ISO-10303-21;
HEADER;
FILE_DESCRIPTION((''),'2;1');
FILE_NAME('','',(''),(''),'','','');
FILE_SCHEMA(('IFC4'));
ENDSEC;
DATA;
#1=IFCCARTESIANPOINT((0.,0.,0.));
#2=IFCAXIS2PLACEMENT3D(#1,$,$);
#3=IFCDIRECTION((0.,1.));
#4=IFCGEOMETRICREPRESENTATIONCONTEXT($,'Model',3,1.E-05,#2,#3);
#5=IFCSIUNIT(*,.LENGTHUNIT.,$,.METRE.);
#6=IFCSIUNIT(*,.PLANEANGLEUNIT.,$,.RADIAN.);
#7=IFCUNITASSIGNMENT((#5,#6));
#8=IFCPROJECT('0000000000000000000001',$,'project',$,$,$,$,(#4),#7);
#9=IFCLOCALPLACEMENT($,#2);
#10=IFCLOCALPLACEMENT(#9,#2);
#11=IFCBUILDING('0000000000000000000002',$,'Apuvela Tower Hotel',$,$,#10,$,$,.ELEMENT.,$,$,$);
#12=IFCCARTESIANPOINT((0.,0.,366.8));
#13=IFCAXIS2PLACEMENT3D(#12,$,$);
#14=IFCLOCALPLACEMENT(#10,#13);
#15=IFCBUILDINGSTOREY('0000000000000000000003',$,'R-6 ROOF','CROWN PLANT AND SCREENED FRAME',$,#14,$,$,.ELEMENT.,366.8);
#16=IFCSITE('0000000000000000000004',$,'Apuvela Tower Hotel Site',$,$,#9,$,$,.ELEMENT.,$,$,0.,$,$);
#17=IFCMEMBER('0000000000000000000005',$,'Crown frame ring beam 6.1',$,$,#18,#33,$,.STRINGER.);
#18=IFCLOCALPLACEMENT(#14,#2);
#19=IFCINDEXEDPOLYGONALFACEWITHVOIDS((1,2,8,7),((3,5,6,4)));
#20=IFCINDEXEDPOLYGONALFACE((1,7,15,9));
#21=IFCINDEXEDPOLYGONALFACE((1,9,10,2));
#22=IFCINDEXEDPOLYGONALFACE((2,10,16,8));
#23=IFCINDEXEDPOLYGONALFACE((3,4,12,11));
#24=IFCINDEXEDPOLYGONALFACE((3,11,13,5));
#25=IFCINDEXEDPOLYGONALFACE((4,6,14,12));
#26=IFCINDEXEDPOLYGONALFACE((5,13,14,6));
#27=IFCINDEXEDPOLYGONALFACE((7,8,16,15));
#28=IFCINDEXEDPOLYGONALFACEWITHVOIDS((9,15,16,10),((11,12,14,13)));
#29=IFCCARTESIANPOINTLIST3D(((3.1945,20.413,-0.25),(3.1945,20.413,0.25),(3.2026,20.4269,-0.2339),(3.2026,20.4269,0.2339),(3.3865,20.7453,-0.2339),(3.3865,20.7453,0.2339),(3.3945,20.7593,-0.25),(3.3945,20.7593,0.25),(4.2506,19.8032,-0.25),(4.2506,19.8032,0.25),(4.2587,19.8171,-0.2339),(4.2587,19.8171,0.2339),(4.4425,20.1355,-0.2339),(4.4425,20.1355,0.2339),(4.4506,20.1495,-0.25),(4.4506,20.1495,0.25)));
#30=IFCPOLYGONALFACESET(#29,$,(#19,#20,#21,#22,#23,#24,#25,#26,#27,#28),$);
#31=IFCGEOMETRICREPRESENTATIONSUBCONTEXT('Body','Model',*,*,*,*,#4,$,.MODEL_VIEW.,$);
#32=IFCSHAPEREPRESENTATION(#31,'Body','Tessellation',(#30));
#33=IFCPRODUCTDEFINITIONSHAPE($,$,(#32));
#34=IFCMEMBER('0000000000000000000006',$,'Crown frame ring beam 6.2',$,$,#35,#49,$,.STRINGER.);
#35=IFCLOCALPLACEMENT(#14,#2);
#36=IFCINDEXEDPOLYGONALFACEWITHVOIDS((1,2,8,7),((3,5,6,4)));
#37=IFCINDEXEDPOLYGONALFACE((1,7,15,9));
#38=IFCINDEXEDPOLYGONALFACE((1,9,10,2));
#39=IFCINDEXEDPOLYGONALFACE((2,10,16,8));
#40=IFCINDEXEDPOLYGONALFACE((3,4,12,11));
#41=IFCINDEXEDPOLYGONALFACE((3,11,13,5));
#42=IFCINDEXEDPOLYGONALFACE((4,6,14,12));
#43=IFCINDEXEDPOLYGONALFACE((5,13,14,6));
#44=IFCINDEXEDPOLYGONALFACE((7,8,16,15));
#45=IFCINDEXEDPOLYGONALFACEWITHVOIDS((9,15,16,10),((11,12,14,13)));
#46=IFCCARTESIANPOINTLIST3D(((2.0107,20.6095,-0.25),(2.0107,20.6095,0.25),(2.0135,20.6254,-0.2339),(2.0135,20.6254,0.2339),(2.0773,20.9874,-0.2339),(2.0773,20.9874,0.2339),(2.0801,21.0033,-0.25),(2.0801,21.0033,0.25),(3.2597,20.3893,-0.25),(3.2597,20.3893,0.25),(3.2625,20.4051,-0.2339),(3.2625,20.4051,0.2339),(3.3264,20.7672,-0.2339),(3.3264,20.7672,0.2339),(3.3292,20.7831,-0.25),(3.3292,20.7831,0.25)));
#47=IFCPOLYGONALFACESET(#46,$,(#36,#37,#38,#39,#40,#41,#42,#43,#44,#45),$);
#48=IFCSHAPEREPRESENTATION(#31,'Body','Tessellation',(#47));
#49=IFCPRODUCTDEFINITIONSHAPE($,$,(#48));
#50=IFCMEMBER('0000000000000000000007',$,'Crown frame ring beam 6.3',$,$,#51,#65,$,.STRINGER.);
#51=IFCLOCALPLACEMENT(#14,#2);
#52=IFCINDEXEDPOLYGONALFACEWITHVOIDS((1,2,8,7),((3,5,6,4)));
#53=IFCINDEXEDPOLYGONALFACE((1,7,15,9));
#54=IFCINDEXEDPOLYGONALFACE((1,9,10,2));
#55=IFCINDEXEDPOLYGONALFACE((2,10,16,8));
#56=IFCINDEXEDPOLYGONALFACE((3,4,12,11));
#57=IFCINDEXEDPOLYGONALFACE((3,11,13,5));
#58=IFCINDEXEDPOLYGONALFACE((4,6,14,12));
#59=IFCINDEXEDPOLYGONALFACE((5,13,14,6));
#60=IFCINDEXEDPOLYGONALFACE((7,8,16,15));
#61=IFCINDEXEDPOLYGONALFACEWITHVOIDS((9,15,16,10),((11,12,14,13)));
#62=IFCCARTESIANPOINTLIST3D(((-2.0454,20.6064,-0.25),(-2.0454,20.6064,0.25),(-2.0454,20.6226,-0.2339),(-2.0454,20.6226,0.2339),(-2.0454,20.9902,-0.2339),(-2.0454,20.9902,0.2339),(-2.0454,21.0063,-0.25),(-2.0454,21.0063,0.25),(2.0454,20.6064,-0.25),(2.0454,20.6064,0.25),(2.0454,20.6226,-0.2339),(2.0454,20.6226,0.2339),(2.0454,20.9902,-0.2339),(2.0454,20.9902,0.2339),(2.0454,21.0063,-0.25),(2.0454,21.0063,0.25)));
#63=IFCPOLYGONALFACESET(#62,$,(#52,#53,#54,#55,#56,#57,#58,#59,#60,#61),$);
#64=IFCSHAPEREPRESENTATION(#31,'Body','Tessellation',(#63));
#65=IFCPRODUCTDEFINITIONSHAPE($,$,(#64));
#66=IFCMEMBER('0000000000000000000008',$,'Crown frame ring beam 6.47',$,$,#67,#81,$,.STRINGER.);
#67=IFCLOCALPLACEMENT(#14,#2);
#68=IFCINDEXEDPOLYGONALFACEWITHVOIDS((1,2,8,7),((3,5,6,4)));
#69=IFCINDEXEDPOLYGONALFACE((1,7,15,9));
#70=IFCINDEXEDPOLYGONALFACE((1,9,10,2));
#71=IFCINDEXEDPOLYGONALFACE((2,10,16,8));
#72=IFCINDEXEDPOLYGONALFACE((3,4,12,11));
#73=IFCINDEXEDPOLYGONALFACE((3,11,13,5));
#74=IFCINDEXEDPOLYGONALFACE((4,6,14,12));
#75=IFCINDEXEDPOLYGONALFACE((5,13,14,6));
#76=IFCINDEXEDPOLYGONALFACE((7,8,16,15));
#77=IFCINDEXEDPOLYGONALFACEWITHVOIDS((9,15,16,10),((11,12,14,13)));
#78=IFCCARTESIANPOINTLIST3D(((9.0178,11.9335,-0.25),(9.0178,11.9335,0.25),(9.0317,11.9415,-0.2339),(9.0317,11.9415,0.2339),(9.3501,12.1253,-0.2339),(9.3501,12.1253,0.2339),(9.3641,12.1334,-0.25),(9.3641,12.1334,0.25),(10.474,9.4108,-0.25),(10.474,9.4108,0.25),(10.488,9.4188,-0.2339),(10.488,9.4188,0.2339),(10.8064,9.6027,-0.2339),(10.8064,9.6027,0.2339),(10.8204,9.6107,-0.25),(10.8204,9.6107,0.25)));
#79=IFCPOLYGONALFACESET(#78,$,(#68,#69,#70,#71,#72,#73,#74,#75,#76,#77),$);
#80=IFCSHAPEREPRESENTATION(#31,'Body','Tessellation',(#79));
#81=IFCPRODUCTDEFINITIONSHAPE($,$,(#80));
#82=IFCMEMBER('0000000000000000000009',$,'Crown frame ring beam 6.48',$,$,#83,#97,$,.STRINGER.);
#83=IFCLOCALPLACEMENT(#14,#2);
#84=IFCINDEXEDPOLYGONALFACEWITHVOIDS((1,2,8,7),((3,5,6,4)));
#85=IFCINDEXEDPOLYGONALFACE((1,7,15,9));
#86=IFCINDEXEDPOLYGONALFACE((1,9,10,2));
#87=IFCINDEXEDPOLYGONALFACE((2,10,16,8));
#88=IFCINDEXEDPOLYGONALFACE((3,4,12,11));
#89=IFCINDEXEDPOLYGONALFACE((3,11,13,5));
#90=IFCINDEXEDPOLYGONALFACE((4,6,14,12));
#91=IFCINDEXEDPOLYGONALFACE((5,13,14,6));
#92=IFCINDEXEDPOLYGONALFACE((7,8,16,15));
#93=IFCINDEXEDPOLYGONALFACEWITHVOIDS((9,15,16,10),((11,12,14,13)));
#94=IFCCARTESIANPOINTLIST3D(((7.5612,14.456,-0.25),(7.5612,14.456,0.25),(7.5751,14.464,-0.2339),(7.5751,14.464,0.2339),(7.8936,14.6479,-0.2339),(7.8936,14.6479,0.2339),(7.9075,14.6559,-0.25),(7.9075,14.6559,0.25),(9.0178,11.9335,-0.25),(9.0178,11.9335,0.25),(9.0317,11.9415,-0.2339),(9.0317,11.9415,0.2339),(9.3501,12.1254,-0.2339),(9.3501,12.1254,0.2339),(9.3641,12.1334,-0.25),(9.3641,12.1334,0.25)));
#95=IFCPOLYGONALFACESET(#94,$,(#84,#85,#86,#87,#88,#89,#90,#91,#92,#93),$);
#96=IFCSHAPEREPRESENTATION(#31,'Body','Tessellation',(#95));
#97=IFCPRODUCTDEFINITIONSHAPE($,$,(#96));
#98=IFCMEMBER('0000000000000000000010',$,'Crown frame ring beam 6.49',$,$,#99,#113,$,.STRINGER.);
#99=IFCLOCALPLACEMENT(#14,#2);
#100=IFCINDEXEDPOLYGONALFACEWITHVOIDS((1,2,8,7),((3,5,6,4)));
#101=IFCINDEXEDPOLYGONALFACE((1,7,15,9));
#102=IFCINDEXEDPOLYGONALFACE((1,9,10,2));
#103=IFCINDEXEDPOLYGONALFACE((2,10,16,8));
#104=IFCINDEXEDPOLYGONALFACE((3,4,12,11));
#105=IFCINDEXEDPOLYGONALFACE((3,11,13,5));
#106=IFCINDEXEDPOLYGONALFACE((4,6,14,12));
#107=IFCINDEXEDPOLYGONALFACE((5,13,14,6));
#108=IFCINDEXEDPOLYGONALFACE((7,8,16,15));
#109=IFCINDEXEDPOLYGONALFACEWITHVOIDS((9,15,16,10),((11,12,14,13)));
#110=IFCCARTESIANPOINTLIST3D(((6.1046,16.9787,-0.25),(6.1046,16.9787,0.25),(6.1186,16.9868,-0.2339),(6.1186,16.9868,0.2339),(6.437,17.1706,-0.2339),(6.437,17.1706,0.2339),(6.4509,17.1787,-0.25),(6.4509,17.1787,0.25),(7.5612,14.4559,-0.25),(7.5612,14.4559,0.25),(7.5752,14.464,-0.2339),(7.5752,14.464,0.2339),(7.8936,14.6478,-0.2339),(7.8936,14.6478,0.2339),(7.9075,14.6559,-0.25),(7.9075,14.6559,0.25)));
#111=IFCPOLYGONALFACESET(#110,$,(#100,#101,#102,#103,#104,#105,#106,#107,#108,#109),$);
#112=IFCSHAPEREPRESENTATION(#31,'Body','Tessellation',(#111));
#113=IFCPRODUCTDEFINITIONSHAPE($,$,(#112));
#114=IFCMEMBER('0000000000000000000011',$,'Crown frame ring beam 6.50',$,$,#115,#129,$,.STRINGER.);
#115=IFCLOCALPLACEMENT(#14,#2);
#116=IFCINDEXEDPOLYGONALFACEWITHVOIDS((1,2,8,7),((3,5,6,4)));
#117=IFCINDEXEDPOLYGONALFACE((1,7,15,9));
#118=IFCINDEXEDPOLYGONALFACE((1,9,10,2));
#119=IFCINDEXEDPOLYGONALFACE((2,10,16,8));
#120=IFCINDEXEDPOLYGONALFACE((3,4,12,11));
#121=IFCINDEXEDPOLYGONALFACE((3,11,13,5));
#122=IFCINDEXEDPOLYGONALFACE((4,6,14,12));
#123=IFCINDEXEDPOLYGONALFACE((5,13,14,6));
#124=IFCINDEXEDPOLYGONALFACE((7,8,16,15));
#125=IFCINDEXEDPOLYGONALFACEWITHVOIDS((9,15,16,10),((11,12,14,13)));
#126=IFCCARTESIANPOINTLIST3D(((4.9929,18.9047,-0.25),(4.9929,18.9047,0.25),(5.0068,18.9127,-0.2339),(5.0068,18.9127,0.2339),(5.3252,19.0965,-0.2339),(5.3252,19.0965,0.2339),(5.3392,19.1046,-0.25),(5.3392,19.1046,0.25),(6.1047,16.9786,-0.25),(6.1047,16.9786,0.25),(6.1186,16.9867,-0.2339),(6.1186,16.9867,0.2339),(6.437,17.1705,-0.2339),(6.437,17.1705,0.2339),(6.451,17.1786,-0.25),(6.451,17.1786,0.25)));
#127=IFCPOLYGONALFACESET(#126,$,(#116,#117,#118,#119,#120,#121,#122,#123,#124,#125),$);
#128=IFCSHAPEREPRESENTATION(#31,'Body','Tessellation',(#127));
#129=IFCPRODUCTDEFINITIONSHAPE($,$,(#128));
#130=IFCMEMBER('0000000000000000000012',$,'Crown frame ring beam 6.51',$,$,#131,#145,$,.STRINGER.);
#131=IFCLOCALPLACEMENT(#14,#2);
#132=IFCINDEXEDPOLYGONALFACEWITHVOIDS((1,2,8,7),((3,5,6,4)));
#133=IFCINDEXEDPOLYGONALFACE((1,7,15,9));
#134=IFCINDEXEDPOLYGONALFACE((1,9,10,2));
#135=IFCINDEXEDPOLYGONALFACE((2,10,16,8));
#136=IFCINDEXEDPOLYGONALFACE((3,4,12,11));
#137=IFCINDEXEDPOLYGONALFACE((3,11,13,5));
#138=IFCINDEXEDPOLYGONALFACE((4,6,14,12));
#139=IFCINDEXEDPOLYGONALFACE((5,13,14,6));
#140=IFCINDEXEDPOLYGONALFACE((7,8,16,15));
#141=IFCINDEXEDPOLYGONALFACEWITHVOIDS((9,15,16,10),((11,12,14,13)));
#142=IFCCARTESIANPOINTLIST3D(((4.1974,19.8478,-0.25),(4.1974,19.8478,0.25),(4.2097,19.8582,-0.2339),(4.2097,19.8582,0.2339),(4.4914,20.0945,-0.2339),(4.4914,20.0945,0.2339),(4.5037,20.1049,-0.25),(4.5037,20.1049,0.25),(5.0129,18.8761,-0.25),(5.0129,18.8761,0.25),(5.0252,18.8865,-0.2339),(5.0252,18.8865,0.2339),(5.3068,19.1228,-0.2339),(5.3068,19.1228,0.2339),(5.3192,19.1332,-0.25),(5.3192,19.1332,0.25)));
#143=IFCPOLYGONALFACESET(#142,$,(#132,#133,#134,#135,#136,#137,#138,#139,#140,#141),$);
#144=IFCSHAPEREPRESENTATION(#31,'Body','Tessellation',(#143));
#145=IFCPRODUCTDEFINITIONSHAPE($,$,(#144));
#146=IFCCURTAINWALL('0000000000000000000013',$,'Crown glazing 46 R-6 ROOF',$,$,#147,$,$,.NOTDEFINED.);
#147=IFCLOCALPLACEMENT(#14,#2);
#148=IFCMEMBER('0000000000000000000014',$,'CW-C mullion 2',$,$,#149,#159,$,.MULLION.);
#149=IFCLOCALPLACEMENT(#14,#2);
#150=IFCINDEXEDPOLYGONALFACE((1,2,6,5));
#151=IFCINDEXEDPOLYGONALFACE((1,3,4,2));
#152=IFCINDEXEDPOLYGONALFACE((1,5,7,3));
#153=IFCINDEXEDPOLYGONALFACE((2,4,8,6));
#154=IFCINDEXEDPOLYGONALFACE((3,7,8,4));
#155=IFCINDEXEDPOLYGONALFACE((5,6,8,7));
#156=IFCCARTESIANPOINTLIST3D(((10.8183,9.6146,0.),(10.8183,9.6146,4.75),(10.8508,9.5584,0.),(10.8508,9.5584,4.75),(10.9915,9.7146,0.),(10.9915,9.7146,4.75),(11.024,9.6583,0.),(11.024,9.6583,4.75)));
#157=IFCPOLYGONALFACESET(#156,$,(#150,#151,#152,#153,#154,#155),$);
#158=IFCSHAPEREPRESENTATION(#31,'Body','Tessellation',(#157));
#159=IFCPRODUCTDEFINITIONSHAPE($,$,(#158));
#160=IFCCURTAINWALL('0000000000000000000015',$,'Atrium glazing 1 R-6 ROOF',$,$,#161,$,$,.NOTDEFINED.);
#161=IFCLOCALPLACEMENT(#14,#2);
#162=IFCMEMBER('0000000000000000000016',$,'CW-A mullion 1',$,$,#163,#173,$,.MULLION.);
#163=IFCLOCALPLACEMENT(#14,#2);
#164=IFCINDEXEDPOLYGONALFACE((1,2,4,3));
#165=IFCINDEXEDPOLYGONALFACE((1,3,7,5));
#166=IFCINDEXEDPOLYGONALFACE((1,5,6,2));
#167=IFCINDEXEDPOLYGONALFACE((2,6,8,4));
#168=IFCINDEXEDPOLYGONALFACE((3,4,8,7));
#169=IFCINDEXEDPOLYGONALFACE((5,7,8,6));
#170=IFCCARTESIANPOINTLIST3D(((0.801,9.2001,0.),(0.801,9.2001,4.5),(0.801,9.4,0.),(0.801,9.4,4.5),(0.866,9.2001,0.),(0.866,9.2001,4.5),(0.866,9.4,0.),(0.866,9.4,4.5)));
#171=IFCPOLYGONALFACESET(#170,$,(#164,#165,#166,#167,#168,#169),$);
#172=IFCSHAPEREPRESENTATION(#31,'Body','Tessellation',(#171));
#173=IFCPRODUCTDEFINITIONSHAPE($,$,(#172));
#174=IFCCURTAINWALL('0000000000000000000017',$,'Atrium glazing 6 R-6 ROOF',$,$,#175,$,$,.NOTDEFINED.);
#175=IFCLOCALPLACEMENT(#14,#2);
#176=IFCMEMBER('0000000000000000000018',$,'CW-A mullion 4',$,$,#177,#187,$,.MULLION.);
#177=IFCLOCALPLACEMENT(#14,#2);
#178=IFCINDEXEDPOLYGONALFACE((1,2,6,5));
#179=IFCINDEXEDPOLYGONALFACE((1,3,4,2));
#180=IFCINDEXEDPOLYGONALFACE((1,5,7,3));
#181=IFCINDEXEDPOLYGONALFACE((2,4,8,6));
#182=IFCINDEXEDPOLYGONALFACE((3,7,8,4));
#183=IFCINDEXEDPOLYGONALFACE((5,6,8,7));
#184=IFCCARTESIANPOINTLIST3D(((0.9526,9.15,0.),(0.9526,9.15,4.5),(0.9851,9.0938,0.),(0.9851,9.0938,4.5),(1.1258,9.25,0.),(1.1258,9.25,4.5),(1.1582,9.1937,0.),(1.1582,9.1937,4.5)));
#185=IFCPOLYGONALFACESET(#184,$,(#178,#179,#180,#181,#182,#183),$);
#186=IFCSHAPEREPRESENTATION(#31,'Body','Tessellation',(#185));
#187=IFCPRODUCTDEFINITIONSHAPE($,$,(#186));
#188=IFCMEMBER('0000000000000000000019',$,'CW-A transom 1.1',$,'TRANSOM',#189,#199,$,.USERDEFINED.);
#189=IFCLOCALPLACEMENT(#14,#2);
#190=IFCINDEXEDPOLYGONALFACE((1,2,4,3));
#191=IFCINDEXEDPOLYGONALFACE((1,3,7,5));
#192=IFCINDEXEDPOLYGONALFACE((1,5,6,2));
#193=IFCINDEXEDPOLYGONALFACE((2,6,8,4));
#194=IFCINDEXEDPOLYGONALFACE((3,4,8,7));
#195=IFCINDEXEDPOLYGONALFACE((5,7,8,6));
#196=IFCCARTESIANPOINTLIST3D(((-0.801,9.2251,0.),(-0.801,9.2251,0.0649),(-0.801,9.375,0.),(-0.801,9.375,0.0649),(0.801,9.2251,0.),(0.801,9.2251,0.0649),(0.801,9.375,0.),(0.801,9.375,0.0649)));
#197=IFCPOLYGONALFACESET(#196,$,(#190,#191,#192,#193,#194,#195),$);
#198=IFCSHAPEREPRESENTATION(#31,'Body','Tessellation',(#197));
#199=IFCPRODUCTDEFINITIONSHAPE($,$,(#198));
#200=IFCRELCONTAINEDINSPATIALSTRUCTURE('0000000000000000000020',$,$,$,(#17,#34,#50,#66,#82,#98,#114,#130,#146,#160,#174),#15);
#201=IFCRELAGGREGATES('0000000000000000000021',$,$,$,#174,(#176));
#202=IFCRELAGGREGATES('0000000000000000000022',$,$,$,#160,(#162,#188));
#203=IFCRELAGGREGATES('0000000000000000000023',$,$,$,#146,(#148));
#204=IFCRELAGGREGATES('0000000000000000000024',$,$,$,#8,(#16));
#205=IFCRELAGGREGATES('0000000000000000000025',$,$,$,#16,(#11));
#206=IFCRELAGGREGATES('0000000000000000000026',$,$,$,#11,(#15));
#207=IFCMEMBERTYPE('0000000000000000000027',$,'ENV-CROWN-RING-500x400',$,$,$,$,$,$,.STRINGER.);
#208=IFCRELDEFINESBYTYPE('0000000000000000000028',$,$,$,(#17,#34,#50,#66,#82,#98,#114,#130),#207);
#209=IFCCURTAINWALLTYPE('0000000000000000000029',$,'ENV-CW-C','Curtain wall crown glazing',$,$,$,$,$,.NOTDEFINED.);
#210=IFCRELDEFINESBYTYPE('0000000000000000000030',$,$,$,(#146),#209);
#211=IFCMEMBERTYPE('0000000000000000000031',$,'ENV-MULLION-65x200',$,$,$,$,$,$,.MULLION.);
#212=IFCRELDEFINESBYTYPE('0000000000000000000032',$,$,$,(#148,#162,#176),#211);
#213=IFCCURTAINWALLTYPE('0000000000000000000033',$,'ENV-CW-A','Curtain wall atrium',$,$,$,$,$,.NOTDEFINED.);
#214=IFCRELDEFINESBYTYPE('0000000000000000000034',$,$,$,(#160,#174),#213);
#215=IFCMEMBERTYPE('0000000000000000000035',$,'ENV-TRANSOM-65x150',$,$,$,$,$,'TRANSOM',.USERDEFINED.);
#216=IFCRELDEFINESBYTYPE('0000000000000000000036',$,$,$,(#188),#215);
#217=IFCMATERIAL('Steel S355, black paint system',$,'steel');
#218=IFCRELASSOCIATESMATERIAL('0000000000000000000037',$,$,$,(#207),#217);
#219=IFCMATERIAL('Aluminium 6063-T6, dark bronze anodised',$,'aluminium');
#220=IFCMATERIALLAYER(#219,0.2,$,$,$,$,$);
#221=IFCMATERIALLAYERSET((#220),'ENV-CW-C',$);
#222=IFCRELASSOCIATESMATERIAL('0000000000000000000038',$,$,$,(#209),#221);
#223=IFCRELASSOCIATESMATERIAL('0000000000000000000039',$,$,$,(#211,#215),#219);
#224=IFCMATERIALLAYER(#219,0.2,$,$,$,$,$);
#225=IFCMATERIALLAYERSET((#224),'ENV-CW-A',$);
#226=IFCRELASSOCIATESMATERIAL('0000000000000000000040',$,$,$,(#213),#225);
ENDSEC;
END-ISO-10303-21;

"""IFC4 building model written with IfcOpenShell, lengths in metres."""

from ifc_helpers import new_model, si_unit, direction, frame, origin, origin_2d, place, context, subcontext, project, spatial, rectangle, hollow_rectangle, extrude, material, layer, layer_set, material_profile, profile_set, type_object, element, aggregate, save


model = new_model("IFC4")

# Units and contexts
model_context = context("Model", 3, precision=1e-05, world=origin(), true_north=direction((0.0, 1.0)))
body_context = subcontext(model_context, "Body", "Model", "MODEL_VIEW")
ifc_project = project(units=[si_unit("LENGTHUNIT", "METRE"), si_unit("PLANEANGLEUNIT", "RADIAN")], contexts=[model_context])

# Site, building, storey
site_placement = place(None, origin())
site = spatial("IfcSite", under=ifc_project, at=site_placement, Name="Apuvela Tower Hotel Site", CompositionType="ELEMENT", RefElevation=0.0)
building_placement = place(site_placement, origin())
building = spatial("IfcBuilding", under=site, at=building_placement, Name="Apuvela Tower Hotel", CompositionType="ELEMENT")
storey_placement = place(building_placement, frame((0.0, 0.0, 366.8)))
storey = spatial("IfcBuildingStorey", under=building, at=storey_placement, Name="R-6 ROOF", Description="CROWN PLANT AND SCREENED FRAME", CompositionType="ELEMENT", Elevation=366.8)

# Members
ifc_material_1 = material(Name="Steel S355, black paint system", Category="steel")
ifc_material_profile_1 = material_profile(ifc_material_1, hollow_rectangle(XDim=0.3999, YDim=0.5, WallThickness=0.0161, at=origin_2d()), Name="HSS 500x400x16")
ifc_profile_set_1 = profile_set([ifc_material_profile_1], Name="Steel S355, black paint system")
member_type_1 = type_object("IfcMemberType", Name="ENV-CROWN-RING-500x400", PredefinedType="STRINGER", material=ifc_profile_set_1)
member_1_placement = place(storey_placement, frame((4.3506, 19.9763, 0.0), z_axis=(-0.865992, 0.500057, 0.0), x_axis=(-0.500057, -0.865992, 0.0)))
element("IfcMember", 1, at=member_1_placement, inside=storey, type_object=member_type_1, Name="Crown frame ring beam 6.1", PredefinedType="STRINGER", context=body_context, shape_type="SweptSolid", body=[
    extrude(hollow_rectangle(XDim=0.3999, YDim=0.5, WallThickness=0.0161, at=origin_2d()), origin(), (0.0, 0.0, 1.0), 1.2195),
])
member_2_placement = place(storey_placement, frame((3.2944, 20.5862, 0.0), z_axis=(-0.984811, 0.173632, 0.0), x_axis=(-0.173632, -0.984811, 0.0)))
element("IfcMember", 2, at=member_2_placement, inside=storey, type_object=member_type_1, Name="Crown frame ring beam 6.2", PredefinedType="STRINGER", context=body_context, shape_type="SweptSolid", body=[
    extrude(hollow_rectangle(XDim=0.3999, YDim=0.5, WallThickness=0.0161, at=origin_2d()), origin(), (0.0, 0.0, 1.0), 1.2683),
])
member_3_placement = place(storey_placement, frame((2.0454, 20.8064, 0.0), z_axis=(-1.0, 0.0, 0.0), x_axis=(0.0, -1.0, 0.0)))
element("IfcMember", 3, at=member_3_placement, inside=storey, type_object=member_type_1, Name="Crown frame ring beam 6.3", PredefinedType="STRINGER", context=body_context, shape_type="SweptSolid", body=[
    extrude(hollow_rectangle(XDim=0.3999, YDim=0.5, WallThickness=0.0161, at=origin_2d()), origin(), (0.0, 0.0, 1.0), 4.0908),
])
for number, where, z_axis, x_axis, name in (
    (4, (10.6472, 9.5107, 0.0), (-0.499952, 0.866053, 0.0), (-0.866053, -0.499952, 0.0), "Crown frame ring beam 6.47"),
    (5, (9.1909, 12.0334, 0.0), (-0.500051, 0.865996, 0.0), (-0.865996, -0.500051, 0.0), "Crown frame ring beam 6.48"),
):
    element("IfcMember", number, at=place(storey_placement, frame(where, z_axis=z_axis, x_axis=x_axis)), inside=storey, type_object=member_type_1, Name=name, PredefinedType="STRINGER", context=body_context, shape_type="SweptSolid", body=[
        extrude(hollow_rectangle(XDim=0.3999, YDim=0.5, WallThickness=0.0161, at=origin_2d()), origin(), (0.0, 0.0, 1.0), 2.9128),
    ])
member_4_placement = place(storey_placement, frame((7.7344, 14.5559, 0.0), z_axis=(-0.500015, 0.866017, 0.0), x_axis=(-0.866017, -0.500015, 0.0)))
element("IfcMember", 6, at=member_4_placement, inside=storey, type_object=member_type_1, Name="Crown frame ring beam 6.49", PredefinedType="STRINGER", context=body_context, shape_type="SweptSolid", body=[
    extrude(hollow_rectangle(XDim=0.3999, YDim=0.5, WallThickness=0.0161, at=origin_2d()), origin(), (0.0, 0.0, 1.0), 2.9131),
])
member_5_placement = place(storey_placement, frame((6.2778, 17.0786, 0.0), z_axis=(-0.499941, 0.866059, 0.0), x_axis=(-0.866059, -0.499941, 0.0)))
element("IfcMember", 7, at=member_5_placement, inside=storey, type_object=member_type_1, Name="Crown frame ring beam 6.50", PredefinedType="STRINGER", context=body_context, shape_type="SweptSolid", body=[
    extrude(hollow_rectangle(XDim=0.3999, YDim=0.5, WallThickness=0.0161, at=origin_2d()), origin(), (0.0, 0.0, 1.0), 2.2239),
])
member_6_placement = place(storey_placement, frame((5.166, 19.0046, 0.0), z_axis=(-0.642831, 0.766008, 0.0), x_axis=(-0.766008, -0.642831, 0.0)))
element("IfcMember", 8, at=member_6_placement, inside=storey, type_object=member_type_1, Name="Crown frame ring beam 6.51", PredefinedType="STRINGER", context=body_context, shape_type="SweptSolid", body=[
    extrude(hollow_rectangle(XDim=0.3999, YDim=0.5, WallThickness=0.0161, at=origin_2d()), origin(), (0.0, 0.0, 1.0), 1.2686),
])

# Curtain walls, members
ifc_material_2 = material(Name="Aluminium 6063-T6, dark bronze anodised", Category="aluminium")
ifc_layer_1 = layer(ifc_material_2, 0.2)
ifc_layer_set_1 = layer_set([ifc_layer_1], Name="ENV-CW-C")
curtain_wall_type_1 = type_object("IfcCurtainWallType", Name="ENV-CW-C", Description="Curtain wall crown glazing", PredefinedType="NOTDEFINED", material=ifc_layer_set_1)
curtain_wall_1_placement = place(storey_placement, origin())
curtain_wall_1 = element("IfcCurtainWall", 9, at=curtain_wall_1_placement, inside=storey, type_object=curtain_wall_type_1, Name="Crown glazing 46 R-6 ROOF", PredefinedType="NOTDEFINED")
ifc_material_profile_2 = material_profile(ifc_material_2, rectangle(XDim=0.2, YDim=0.0649, at=origin_2d()), Name="AL 65x200")
ifc_profile_set_2 = profile_set([ifc_material_profile_2], Name="Aluminium 6063-T6, dark bronze anodised")
member_type_2 = type_object("IfcMemberType", Name="ENV-MULLION-65x200", PredefinedType="MULLION", material=ifc_profile_set_2)
member_7_placement = place(storey_placement, frame((10.9211, 9.6365, 0.0), z_axis=(0.0, 0.0, 1.0), x_axis=(-0.866022, -0.500006, 0.0)))
member_7 = element("IfcMember", 10, at=member_7_placement, type_object=member_type_2, Name="CW-C mullion 2", PredefinedType="MULLION", context=body_context, shape_type="SweptSolid", body=[
    extrude(rectangle(XDim=0.2, YDim=0.0649, at=origin_2d()), origin(), (0.0, 0.0, 1.0), 4.75),
])
ifc_layer_2 = layer(ifc_material_2, 0.2)
ifc_layer_set_2 = layer_set([ifc_layer_2], Name="ENV-CW-A")
curtain_wall_type_2 = type_object("IfcCurtainWallType", Name="ENV-CW-A", Description="Curtain wall atrium", PredefinedType="NOTDEFINED", material=ifc_layer_set_2)
curtain_wall_2_placement = place(storey_placement, origin())
curtain_wall_2 = element("IfcCurtainWall", 11, at=curtain_wall_2_placement, inside=storey, type_object=curtain_wall_type_2, Name="Atrium glazing 1 R-6 ROOF", PredefinedType="NOTDEFINED")
member_8_placement = place(storey_placement, frame((0.8335, 9.3, 0.0), z_axis=(0.0, 0.0, 1.0), x_axis=(0.0, -1.0, 0.0)))
member_8 = element("IfcMember", 12, at=member_8_placement, type_object=member_type_2, Name="CW-A mullion 1", PredefinedType="MULLION", context=body_context, shape_type="SweptSolid", body=[
    extrude(rectangle(XDim=0.2, YDim=0.0649, at=origin_2d()), origin(), (0.0, 0.0, 1.0), 4.5),
])
curtain_wall_3_placement = place(storey_placement, origin())
curtain_wall_3 = element("IfcCurtainWall", 13, at=curtain_wall_3_placement, inside=storey, type_object=curtain_wall_type_2, Name="Atrium glazing 6 R-6 ROOF", PredefinedType="NOTDEFINED")
member_9_placement = place(storey_placement, frame((1.0554, 9.1719, 0.0), z_axis=(0.0, 0.0, 1.0), x_axis=(-0.866026, -0.499999, 0.0)))
member_9 = element("IfcMember", 14, at=member_9_placement, type_object=member_type_2, Name="CW-A mullion 4", PredefinedType="MULLION", context=body_context, shape_type="SweptSolid", body=[
    extrude(rectangle(XDim=0.2, YDim=0.0649, at=origin_2d()), origin(), (0.0, 0.0, 1.0), 4.5),
])
aggregate(curtain_wall_3, [member_9])

# Member
ifc_material_profile_3 = material_profile(ifc_material_2, rectangle(XDim=0.1499, YDim=0.0649, at=origin_2d()), Name="AL 65x150 transom")
ifc_profile_set_3 = profile_set([ifc_material_profile_3], Name="Aluminium 6063-T6, dark bronze anodised")
member_type_3 = type_object("IfcMemberType", Name="ENV-TRANSOM-65x150", ElementType="TRANSOM", PredefinedType="USERDEFINED", material=ifc_profile_set_3)
member_10_placement = place(storey_placement, frame((0.801, 9.3, 0.0325), z_axis=(-1.0, 0.0, 0.0), x_axis=(0.0, -1.0, 0.0)))
member_10 = element("IfcMember", 15, at=member_10_placement, type_object=member_type_3, Name="CW-A transom 1.1", ObjectType="TRANSOM", PredefinedType="USERDEFINED", context=body_context, shape_type="SweptSolid", body=[
    extrude(rectangle(XDim=0.1499, YDim=0.0649, at=origin_2d()), origin(), (0.0, 0.0, 1.0), 1.6021),
])
aggregate(curtain_wall_2, [member_8, member_10])

aggregate(curtain_wall_1, [member_7])

save(model, "model.ifc")
